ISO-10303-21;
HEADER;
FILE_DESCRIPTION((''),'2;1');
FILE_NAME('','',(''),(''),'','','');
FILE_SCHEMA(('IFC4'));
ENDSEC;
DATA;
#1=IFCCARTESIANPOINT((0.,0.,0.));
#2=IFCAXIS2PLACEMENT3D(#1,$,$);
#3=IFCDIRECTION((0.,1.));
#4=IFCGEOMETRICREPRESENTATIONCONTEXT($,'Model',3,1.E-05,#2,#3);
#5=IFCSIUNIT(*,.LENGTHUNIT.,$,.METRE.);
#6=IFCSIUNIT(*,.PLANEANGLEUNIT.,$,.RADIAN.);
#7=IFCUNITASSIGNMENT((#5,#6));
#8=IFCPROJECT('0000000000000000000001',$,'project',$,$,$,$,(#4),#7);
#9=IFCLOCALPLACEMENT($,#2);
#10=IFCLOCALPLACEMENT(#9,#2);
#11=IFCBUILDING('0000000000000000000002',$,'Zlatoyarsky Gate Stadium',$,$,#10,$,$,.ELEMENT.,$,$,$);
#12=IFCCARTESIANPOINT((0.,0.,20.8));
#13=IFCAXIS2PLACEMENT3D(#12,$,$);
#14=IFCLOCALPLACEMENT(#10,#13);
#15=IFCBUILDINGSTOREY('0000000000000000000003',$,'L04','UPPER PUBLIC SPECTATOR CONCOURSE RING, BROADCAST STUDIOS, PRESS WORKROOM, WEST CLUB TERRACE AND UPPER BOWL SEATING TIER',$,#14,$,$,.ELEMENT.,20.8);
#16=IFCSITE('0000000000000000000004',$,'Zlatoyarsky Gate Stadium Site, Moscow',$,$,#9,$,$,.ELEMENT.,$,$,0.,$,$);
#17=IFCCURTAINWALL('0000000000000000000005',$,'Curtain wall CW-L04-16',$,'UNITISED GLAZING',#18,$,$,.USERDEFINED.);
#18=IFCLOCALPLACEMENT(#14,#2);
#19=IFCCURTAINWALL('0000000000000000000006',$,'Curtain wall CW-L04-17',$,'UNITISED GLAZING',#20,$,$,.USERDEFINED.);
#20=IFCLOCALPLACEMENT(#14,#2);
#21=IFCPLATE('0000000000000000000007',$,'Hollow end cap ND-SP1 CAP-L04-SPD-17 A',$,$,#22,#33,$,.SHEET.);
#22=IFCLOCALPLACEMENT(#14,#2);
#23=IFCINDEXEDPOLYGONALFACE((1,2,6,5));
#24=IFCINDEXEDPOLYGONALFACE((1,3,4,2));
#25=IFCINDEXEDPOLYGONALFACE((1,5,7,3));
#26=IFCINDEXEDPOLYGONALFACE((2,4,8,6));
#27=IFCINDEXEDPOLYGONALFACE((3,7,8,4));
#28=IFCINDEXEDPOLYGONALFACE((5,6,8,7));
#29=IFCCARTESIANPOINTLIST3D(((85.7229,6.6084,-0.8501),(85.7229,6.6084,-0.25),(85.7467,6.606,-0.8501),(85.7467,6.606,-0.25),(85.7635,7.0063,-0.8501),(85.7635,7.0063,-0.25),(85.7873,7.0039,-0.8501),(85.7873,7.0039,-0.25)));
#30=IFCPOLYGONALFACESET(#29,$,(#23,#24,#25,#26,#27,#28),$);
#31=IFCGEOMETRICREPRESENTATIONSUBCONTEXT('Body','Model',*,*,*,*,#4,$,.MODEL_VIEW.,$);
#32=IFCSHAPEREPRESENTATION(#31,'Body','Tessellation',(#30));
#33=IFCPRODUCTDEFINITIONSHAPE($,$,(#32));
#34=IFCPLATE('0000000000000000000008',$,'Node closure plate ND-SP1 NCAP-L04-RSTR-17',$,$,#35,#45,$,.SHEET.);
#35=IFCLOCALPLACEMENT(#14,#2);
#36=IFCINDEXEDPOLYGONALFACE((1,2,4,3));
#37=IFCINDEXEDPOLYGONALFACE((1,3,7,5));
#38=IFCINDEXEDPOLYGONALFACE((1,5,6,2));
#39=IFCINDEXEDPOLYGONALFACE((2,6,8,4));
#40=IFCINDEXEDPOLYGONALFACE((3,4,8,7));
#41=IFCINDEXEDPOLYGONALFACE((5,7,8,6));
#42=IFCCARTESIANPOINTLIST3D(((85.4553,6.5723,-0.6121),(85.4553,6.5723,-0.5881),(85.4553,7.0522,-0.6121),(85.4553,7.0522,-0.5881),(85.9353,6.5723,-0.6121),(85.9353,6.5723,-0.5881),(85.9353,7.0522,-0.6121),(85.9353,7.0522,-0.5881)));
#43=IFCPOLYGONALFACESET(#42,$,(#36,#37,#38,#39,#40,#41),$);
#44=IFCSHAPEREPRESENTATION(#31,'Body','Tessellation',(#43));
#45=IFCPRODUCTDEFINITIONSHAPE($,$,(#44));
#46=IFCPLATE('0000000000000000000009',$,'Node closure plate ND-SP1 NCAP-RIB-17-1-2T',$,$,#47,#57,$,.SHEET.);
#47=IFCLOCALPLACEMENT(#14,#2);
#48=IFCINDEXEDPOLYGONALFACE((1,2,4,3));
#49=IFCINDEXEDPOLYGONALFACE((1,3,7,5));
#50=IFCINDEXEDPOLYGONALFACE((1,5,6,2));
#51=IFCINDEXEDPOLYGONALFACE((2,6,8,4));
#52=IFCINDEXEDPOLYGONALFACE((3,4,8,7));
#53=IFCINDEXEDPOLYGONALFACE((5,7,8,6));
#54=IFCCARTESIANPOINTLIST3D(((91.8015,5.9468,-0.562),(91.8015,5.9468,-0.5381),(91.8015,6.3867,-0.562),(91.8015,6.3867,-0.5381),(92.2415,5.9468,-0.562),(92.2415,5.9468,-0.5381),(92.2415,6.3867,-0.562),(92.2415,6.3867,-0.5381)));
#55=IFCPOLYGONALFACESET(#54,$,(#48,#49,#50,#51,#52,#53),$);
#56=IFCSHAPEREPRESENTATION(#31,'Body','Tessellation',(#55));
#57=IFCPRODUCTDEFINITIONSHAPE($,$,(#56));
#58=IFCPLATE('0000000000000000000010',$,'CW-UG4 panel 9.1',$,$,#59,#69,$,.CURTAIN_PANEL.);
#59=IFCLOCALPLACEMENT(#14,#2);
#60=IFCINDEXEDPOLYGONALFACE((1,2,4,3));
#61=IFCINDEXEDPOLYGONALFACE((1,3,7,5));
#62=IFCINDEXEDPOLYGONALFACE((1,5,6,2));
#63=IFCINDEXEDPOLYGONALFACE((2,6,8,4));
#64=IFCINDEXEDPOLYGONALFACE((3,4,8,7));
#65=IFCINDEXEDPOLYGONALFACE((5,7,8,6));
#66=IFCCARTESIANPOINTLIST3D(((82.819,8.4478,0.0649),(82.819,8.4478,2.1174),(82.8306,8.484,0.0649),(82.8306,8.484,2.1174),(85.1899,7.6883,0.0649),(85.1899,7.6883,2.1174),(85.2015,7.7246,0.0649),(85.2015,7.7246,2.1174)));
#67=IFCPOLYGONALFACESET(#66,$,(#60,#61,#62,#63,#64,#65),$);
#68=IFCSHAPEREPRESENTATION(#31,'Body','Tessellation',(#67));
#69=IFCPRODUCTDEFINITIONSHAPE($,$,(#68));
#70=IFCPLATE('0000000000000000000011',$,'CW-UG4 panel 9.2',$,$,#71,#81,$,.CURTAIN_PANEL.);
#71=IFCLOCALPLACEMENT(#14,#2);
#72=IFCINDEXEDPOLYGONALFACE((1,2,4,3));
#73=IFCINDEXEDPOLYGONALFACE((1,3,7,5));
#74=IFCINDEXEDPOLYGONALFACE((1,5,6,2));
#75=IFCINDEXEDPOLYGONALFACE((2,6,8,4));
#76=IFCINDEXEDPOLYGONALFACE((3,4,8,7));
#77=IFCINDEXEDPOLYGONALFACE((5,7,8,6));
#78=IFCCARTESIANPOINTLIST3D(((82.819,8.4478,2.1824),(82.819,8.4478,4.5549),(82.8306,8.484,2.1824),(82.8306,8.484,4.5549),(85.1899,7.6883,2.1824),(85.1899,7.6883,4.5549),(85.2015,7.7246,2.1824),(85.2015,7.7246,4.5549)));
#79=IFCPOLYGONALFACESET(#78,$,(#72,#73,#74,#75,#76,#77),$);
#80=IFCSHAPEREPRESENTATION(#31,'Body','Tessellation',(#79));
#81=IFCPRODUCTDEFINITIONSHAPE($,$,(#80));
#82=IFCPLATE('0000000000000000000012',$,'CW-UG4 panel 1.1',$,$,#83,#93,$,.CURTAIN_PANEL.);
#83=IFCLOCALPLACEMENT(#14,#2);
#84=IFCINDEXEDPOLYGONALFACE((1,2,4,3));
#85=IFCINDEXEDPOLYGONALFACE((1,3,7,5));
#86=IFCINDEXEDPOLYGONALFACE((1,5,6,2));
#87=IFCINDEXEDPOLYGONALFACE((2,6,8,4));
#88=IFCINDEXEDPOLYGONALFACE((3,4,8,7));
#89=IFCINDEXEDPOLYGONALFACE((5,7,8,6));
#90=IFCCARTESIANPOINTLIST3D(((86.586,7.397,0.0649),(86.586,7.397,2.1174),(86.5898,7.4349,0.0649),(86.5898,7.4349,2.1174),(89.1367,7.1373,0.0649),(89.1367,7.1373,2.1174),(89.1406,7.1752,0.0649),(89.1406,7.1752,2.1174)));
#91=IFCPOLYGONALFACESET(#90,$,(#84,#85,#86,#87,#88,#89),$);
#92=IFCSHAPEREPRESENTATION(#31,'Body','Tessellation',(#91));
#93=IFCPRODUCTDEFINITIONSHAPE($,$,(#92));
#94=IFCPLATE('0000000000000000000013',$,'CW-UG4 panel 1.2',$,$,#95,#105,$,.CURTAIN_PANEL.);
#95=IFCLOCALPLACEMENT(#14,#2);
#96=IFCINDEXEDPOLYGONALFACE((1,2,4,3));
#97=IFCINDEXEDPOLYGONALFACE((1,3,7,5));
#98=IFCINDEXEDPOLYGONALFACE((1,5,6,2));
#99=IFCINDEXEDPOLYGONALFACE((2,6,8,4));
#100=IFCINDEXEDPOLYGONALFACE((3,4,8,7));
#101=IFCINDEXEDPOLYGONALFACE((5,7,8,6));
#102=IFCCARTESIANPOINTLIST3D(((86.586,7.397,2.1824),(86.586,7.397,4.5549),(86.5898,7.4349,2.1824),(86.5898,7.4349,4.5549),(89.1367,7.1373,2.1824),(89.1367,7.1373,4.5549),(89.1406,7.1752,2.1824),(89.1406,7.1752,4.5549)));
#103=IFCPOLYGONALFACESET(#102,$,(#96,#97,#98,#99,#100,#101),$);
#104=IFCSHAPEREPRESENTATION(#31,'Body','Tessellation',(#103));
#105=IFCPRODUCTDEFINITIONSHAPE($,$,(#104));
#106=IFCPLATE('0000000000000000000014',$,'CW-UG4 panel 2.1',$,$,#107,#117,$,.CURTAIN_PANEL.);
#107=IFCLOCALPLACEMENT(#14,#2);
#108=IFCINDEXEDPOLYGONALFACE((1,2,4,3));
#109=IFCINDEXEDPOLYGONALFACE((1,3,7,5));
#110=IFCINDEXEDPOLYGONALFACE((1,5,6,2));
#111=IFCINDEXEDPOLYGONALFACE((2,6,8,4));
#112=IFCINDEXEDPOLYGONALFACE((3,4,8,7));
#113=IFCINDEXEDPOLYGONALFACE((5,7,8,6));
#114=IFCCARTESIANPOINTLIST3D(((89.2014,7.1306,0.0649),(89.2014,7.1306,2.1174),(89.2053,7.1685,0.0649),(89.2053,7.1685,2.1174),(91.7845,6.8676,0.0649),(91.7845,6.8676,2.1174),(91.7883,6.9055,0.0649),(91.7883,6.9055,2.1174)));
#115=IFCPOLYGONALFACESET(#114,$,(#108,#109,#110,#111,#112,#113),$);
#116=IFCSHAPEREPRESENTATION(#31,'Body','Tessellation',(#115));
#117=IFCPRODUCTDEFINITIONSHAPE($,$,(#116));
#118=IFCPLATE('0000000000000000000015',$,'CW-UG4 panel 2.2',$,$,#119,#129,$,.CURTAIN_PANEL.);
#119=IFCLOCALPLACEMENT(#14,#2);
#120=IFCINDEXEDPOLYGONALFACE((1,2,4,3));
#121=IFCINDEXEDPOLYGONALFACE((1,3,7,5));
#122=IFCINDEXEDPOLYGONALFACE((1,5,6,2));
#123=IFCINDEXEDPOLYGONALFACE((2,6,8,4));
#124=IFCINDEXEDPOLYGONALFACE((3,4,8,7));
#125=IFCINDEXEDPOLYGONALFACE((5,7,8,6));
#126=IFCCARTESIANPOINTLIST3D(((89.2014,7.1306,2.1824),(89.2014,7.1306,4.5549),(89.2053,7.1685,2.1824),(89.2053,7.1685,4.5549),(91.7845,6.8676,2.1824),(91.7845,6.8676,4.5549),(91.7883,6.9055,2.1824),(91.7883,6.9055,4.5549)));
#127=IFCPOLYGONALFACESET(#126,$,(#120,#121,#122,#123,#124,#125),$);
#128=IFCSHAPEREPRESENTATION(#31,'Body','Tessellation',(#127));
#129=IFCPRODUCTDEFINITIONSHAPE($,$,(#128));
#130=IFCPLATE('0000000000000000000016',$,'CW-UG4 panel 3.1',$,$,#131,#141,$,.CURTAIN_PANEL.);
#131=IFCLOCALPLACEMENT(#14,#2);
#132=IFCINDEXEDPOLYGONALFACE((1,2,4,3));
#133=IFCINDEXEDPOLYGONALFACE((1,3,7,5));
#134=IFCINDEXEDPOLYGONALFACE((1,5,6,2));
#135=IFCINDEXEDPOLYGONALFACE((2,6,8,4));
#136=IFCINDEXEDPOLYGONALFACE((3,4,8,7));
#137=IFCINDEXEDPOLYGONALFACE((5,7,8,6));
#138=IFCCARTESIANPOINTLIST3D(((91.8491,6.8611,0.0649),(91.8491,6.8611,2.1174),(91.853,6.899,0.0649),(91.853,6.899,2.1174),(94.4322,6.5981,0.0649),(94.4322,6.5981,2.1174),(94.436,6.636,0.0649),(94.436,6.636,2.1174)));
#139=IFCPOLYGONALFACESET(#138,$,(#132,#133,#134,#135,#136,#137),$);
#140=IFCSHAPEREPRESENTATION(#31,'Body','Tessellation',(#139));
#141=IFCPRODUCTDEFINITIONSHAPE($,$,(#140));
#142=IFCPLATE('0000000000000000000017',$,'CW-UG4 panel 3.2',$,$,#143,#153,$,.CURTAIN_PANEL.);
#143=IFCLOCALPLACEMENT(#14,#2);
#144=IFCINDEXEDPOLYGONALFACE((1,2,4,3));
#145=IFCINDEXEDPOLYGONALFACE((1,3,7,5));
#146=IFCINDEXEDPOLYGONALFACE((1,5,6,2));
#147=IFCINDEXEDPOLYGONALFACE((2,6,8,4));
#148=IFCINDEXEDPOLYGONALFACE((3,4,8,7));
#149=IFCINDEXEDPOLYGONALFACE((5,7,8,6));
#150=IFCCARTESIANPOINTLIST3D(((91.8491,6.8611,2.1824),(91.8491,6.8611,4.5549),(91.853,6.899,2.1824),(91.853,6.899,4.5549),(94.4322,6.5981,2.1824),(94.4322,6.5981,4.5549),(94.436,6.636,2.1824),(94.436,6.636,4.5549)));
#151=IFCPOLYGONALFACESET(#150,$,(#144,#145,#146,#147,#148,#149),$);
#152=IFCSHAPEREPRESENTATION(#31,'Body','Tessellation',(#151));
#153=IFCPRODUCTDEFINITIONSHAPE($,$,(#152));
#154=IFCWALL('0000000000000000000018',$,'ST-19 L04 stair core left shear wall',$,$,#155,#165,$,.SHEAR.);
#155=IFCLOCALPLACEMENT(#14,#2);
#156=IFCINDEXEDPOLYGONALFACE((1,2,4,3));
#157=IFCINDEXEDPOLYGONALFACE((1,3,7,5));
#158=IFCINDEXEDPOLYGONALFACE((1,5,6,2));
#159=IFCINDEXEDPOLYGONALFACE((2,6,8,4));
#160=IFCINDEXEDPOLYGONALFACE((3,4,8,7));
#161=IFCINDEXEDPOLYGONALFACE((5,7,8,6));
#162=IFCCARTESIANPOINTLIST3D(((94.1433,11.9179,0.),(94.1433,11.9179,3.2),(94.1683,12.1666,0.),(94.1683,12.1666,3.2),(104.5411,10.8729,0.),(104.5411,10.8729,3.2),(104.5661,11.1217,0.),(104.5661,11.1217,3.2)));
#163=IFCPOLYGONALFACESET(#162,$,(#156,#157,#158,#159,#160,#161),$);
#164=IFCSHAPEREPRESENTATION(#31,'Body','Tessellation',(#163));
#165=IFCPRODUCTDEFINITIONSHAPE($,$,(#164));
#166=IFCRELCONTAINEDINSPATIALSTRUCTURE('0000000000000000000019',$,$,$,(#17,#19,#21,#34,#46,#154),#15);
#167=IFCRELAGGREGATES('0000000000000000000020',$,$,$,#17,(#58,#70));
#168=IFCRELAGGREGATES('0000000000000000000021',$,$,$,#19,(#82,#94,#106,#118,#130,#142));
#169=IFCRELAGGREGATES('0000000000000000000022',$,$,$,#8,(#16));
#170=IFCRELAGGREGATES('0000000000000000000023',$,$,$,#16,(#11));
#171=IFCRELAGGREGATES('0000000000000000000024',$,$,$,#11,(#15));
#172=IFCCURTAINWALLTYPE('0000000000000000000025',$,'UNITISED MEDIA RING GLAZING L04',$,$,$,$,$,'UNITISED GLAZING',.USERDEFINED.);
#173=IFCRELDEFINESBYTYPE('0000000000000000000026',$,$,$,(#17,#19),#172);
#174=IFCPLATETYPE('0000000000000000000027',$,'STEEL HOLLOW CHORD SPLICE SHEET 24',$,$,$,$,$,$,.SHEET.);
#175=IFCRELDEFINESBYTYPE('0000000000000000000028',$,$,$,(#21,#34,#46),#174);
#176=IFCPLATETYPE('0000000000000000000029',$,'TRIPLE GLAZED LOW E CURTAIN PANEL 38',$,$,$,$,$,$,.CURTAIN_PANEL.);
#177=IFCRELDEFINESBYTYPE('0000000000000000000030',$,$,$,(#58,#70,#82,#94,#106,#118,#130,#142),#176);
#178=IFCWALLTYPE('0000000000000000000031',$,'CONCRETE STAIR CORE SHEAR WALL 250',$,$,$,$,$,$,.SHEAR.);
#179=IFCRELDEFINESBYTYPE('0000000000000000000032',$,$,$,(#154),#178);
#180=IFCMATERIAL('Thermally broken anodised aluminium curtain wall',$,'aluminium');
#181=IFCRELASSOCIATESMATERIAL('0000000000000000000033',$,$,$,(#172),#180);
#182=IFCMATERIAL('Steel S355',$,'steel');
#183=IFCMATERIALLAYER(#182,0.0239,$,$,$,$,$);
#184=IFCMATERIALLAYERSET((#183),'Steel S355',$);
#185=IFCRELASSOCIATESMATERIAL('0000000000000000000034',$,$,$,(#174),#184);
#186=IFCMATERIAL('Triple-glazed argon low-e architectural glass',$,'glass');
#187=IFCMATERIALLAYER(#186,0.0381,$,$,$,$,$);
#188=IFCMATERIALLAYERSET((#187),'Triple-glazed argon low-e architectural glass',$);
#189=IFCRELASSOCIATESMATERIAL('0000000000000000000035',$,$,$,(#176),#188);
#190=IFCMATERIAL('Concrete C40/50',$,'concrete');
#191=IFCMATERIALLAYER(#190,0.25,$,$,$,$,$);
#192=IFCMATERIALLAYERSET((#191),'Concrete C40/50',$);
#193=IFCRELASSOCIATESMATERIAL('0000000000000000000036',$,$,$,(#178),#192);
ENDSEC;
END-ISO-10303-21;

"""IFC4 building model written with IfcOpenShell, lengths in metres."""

from ifc_helpers import new_model, si_unit, direction, frame, frame_2d, origin, origin_2d, place, context, subcontext, project, spatial, rectangle, extrude, material, layer, layer_set, type_object, element, aggregate, save


model = new_model("IFC4")

# Units and contexts
model_context = context("Model", 3, precision=1e-05, world=origin(), true_north=direction((0.0, 1.0)))
body_context = subcontext(model_context, "Body", "Model", "MODEL_VIEW")
ifc_project = project(units=[si_unit("LENGTHUNIT", "METRE"), si_unit("PLANEANGLEUNIT", "RADIAN")], contexts=[model_context])

# Site, building, storey
site_placement = place(None, origin())
site = spatial("IfcSite", under=ifc_project, at=site_placement, Name="Zlatoyarsky Gate Stadium Site, Moscow", CompositionType="ELEMENT", RefElevation=0.0)
building_placement = place(site_placement, origin())
building = spatial("IfcBuilding", under=site, at=building_placement, Name="Zlatoyarsky Gate Stadium", CompositionType="ELEMENT")
storey_placement = place(building_placement, frame((0.0, 0.0, 20.8)))
storey = spatial("IfcBuildingStorey", under=building, at=storey_placement, Name="L04", Description="UPPER PUBLIC SPECTATOR CONCOURSE RING, BROADCAST STUDIOS, PRESS WORKROOM, WEST CLUB TERRACE AND UPPER BOWL SEATING TIER", CompositionType="ELEMENT", Elevation=20.8)

# Shared definitions
ifc_material_1 = material(Name="Steel S355", Category="steel")

# Curtain wall
ifc_material_2 = material(Name="Thermally broken anodised aluminium curtain wall", Category="aluminium")
curtain_wall_type = type_object("IfcCurtainWallType", Name="UNITISED MEDIA RING GLAZING L04", ElementType="UNITISED GLAZING", PredefinedType="USERDEFINED", material=ifc_material_2)
curtain_wall_1_placement = place(storey_placement, origin())
curtain_wall_1 = element("IfcCurtainWall", 1, at=curtain_wall_1_placement, inside=storey, type_object=curtain_wall_type, Name="Curtain wall CW-L04-16", ObjectType="UNITISED GLAZING", PredefinedType="USERDEFINED")

# Curtain wall
curtain_wall_2_placement = place(storey_placement, origin())
curtain_wall_2 = element("IfcCurtainWall", 2, at=curtain_wall_2_placement, inside=storey, type_object=curtain_wall_type, Name="Curtain wall CW-L04-17", ObjectType="UNITISED GLAZING", PredefinedType="USERDEFINED")

# Plates
ifc_layer_1 = layer(ifc_material_1, 0.0239)
ifc_layer_set_1 = layer_set([ifc_layer_1], Name="Steel S355")
plate_type_1 = type_object("IfcPlateType", Name="STEEL HOLLOW CHORD SPLICE SHEET 24", PredefinedType="SHEET", material=ifc_layer_set_1)
for number, where, z_axis, x_axis, name in (
    (3, (85.7551, 6.8062, -0.8501), (0.0, 0.0, 1.0), (0.994835, -0.101502, 0.0), "Hollow end cap ND-SP1 CAP-L04-SPD-17 A"),
):
    element("IfcPlate", number, at=place(storey_placement, frame(where, z_axis=z_axis, x_axis=x_axis)), inside=storey, type_object=plate_type_1, Name=name, PredefinedType="SHEET", context=body_context, shape_type="SweptSolid", body=[
        extrude(rectangle(XDim=0.0239, YDim=0.3999, at=origin_2d()), origin(), (0.0, 0.0, 1.0), 0.6001),
    ])
plate_1_placement = place(storey_placement, frame((85.6953, 6.8123, -0.6121), z_axis=(0.0, 0.0, 1.0), x_axis=(1.0, 0.0, 0.0)))
element("IfcPlate", 4, at=plate_1_placement, inside=storey, type_object=plate_type_1, Name="Node closure plate ND-SP1 NCAP-L04-RSTR-17", PredefinedType="SHEET", context=body_context, shape_type="SweptSolid", body=[
    extrude(rectangle(XDim=0.48, YDim=0.48, at=origin_2d()), origin(), (0.0, 0.0, 1.0), 0.0239),
])
plate_2_placement = place(storey_placement, frame((92.0215, 6.1667, -0.562), z_axis=(0.0, 0.0, 1.0), x_axis=(1.0, 0.0, 0.0)))
element("IfcPlate", 5, at=plate_2_placement, inside=storey, type_object=plate_type_1, Name="Node closure plate ND-SP1 NCAP-RIB-17-1-2T", PredefinedType="SHEET", context=body_context, shape_type="SweptSolid", body=[
    extrude(rectangle(XDim=0.4399, YDim=0.4399, at=origin_2d()), origin(), (0.0, 0.0, 1.0), 0.0239),
])

# Plates
ifc_material_3 = material(Name="Triple-glazed argon low-e architectural glass", Category="glass")
ifc_layer_2 = layer(ifc_material_3, 0.0381)
ifc_layer_set_2 = layer_set([ifc_layer_2], Name="Triple-glazed argon low-e architectural glass")
plate_type_2 = type_object("IfcPlateType", Name="TRIPLE GLAZED LOW E CURTAIN PANEL 38", PredefinedType="CURTAIN_PANEL", material=ifc_layer_set_2)
plate_3_placement = place(storey_placement, frame((84.0103, 8.0862, 0.0649), z_axis=(0.0, 0.0, 1.0), x_axis=(0.952331, -0.305066, 0.0)))
plate_3 = element("IfcPlate", 6, at=plate_3_placement, type_object=plate_type_2, Name="CW-UG4 panel 9.1", PredefinedType="CURTAIN_PANEL", context=body_context, shape_type="SweptSolid", body=[
    extrude(rectangle(XDim=2.4895, YDim=0.0381, at=origin_2d()), origin(), (0.0, 0.0, 1.0), 2.0525),
])
plate_4_placement = place(storey_placement, frame((84.0103, 8.0862, 2.1824), z_axis=(0.0, 0.0, 1.0), x_axis=(0.952331, -0.305066, 0.0)))
plate_4 = element("IfcPlate", 7, at=plate_4_placement, type_object=plate_type_2, Name="CW-UG4 panel 9.2", PredefinedType="CURTAIN_PANEL", context=body_context, shape_type="SweptSolid", body=[
    extrude(rectangle(XDim=2.4895, YDim=0.0381, at=origin_2d()), origin(), (0.0, 0.0, 1.0), 2.3726),
])
aggregate(curtain_wall_1, [plate_3, plate_4])
plate_5_placement = place(storey_placement, frame((87.8633, 7.2861, 0.0649), z_axis=(0.0, 0.0, 1.0), x_axis=(0.994857, -0.101293, 0.0)))
plate_5 = element("IfcPlate", 8, at=plate_5_placement, type_object=plate_type_2, Name="CW-UG4 panel 1.1", PredefinedType="CURTAIN_PANEL", context=body_context, shape_type="SweptSolid", body=[
    extrude(rectangle(XDim=2.564, YDim=0.0381, at=origin_2d()), origin(), (0.0, 0.0, 1.0), 2.0525),
])
plate_6_placement = place(storey_placement, frame((87.8633, 7.2861, 2.1824), z_axis=(0.0, 0.0, 1.0), x_axis=(0.994857, -0.101293, 0.0)))
plate_6 = element("IfcPlate", 9, at=plate_6_placement, type_object=plate_type_2, Name="CW-UG4 panel 1.2", PredefinedType="CURTAIN_PANEL", context=body_context, shape_type="SweptSolid", body=[
    extrude(rectangle(XDim=2.564, YDim=0.0381, at=origin_2d()), origin(), (0.0, 0.0, 1.0), 2.3726),
])
plate_7_placement = place(storey_placement, frame((90.4949, 7.0181, 0.0649), z_axis=(0.0, 0.0, 1.0), x_axis=(0.994857, -0.101293, 0.0)))
plate_7 = element("IfcPlate", 10, at=plate_7_placement, type_object=plate_type_2, Name="CW-UG4 panel 2.1", PredefinedType="CURTAIN_PANEL", context=body_context, shape_type="SweptSolid", body=[
    extrude(rectangle(XDim=2.5964, YDim=0.0381, at=origin_2d()), origin(), (0.0, 0.0, 1.0), 2.0525),
])
plate_8_placement = place(storey_placement, frame((90.4949, 7.0181, 2.1824), z_axis=(0.0, 0.0, 1.0), x_axis=(0.994857, -0.101293, 0.0)))
plate_8 = element("IfcPlate", 11, at=plate_8_placement, type_object=plate_type_2, Name="CW-UG4 panel 2.2", PredefinedType="CURTAIN_PANEL", context=body_context, shape_type="SweptSolid", body=[
    extrude(rectangle(XDim=2.5964, YDim=0.0381, at=origin_2d()), origin(), (0.0, 0.0, 1.0), 2.3726),
])
plate_9_placement = place(storey_placement, frame((93.1426, 6.7485, 0.0649), z_axis=(0.0, 0.0, 1.0), x_axis=(0.994857, -0.101293, 0.0)))
plate_9 = element("IfcPlate", 12, at=plate_9_placement, type_object=plate_type_2, Name="CW-UG4 panel 3.1", PredefinedType="CURTAIN_PANEL", context=body_context, shape_type="SweptSolid", body=[
    extrude(rectangle(XDim=2.5964, YDim=0.0381, at=origin_2d()), origin(), (0.0, 0.0, 1.0), 2.0525),
])
plate_10_placement = place(storey_placement, frame((93.1426, 6.7485, 2.1824), z_axis=(0.0, 0.0, 1.0), x_axis=(0.994857, -0.101293, 0.0)))
plate_10 = element("IfcPlate", 13, at=plate_10_placement, type_object=plate_type_2, Name="CW-UG4 panel 3.2", PredefinedType="CURTAIN_PANEL", context=body_context, shape_type="SweptSolid", body=[
    extrude(rectangle(XDim=2.5964, YDim=0.0381, at=origin_2d()), origin(), (0.0, 0.0, 1.0), 2.3726),
])
aggregate(curtain_wall_2, [plate_5, plate_6, plate_7, plate_8, plate_9, plate_10])

# Wall
ifc_material_4 = material(Name="Concrete C40/50", Category="concrete")
ifc_layer_3 = layer(ifc_material_4, 0.25)
ifc_layer_set_3 = layer_set([ifc_layer_3], Name="Concrete C40/50")
wall_type = type_object("IfcWallType", Name="CONCRETE STAIR CORE SHEAR WALL 250", PredefinedType="SHEAR", material=ifc_layer_set_3)
wall_placement = place(storey_placement, frame((94.1558, 12.0422, 0.0), z_axis=(0.0, 0.0, 1.0), x_axis=(0.994988, -0.099992, 0.0)))
element("IfcWall", 14, at=wall_placement, inside=storey, type_object=wall_type, Name="ST-19 L04 stair core left shear wall", PredefinedType="SHEAR", context=body_context, shape_type="SweptSolid", body=[
    extrude(rectangle(XDim=10.4502, YDim=0.25, at=frame_2d((5.2251, 0.0))), origin(), (0.0, 0.0, 1.0), 3.2),
])

save(model, "model.ifc")
